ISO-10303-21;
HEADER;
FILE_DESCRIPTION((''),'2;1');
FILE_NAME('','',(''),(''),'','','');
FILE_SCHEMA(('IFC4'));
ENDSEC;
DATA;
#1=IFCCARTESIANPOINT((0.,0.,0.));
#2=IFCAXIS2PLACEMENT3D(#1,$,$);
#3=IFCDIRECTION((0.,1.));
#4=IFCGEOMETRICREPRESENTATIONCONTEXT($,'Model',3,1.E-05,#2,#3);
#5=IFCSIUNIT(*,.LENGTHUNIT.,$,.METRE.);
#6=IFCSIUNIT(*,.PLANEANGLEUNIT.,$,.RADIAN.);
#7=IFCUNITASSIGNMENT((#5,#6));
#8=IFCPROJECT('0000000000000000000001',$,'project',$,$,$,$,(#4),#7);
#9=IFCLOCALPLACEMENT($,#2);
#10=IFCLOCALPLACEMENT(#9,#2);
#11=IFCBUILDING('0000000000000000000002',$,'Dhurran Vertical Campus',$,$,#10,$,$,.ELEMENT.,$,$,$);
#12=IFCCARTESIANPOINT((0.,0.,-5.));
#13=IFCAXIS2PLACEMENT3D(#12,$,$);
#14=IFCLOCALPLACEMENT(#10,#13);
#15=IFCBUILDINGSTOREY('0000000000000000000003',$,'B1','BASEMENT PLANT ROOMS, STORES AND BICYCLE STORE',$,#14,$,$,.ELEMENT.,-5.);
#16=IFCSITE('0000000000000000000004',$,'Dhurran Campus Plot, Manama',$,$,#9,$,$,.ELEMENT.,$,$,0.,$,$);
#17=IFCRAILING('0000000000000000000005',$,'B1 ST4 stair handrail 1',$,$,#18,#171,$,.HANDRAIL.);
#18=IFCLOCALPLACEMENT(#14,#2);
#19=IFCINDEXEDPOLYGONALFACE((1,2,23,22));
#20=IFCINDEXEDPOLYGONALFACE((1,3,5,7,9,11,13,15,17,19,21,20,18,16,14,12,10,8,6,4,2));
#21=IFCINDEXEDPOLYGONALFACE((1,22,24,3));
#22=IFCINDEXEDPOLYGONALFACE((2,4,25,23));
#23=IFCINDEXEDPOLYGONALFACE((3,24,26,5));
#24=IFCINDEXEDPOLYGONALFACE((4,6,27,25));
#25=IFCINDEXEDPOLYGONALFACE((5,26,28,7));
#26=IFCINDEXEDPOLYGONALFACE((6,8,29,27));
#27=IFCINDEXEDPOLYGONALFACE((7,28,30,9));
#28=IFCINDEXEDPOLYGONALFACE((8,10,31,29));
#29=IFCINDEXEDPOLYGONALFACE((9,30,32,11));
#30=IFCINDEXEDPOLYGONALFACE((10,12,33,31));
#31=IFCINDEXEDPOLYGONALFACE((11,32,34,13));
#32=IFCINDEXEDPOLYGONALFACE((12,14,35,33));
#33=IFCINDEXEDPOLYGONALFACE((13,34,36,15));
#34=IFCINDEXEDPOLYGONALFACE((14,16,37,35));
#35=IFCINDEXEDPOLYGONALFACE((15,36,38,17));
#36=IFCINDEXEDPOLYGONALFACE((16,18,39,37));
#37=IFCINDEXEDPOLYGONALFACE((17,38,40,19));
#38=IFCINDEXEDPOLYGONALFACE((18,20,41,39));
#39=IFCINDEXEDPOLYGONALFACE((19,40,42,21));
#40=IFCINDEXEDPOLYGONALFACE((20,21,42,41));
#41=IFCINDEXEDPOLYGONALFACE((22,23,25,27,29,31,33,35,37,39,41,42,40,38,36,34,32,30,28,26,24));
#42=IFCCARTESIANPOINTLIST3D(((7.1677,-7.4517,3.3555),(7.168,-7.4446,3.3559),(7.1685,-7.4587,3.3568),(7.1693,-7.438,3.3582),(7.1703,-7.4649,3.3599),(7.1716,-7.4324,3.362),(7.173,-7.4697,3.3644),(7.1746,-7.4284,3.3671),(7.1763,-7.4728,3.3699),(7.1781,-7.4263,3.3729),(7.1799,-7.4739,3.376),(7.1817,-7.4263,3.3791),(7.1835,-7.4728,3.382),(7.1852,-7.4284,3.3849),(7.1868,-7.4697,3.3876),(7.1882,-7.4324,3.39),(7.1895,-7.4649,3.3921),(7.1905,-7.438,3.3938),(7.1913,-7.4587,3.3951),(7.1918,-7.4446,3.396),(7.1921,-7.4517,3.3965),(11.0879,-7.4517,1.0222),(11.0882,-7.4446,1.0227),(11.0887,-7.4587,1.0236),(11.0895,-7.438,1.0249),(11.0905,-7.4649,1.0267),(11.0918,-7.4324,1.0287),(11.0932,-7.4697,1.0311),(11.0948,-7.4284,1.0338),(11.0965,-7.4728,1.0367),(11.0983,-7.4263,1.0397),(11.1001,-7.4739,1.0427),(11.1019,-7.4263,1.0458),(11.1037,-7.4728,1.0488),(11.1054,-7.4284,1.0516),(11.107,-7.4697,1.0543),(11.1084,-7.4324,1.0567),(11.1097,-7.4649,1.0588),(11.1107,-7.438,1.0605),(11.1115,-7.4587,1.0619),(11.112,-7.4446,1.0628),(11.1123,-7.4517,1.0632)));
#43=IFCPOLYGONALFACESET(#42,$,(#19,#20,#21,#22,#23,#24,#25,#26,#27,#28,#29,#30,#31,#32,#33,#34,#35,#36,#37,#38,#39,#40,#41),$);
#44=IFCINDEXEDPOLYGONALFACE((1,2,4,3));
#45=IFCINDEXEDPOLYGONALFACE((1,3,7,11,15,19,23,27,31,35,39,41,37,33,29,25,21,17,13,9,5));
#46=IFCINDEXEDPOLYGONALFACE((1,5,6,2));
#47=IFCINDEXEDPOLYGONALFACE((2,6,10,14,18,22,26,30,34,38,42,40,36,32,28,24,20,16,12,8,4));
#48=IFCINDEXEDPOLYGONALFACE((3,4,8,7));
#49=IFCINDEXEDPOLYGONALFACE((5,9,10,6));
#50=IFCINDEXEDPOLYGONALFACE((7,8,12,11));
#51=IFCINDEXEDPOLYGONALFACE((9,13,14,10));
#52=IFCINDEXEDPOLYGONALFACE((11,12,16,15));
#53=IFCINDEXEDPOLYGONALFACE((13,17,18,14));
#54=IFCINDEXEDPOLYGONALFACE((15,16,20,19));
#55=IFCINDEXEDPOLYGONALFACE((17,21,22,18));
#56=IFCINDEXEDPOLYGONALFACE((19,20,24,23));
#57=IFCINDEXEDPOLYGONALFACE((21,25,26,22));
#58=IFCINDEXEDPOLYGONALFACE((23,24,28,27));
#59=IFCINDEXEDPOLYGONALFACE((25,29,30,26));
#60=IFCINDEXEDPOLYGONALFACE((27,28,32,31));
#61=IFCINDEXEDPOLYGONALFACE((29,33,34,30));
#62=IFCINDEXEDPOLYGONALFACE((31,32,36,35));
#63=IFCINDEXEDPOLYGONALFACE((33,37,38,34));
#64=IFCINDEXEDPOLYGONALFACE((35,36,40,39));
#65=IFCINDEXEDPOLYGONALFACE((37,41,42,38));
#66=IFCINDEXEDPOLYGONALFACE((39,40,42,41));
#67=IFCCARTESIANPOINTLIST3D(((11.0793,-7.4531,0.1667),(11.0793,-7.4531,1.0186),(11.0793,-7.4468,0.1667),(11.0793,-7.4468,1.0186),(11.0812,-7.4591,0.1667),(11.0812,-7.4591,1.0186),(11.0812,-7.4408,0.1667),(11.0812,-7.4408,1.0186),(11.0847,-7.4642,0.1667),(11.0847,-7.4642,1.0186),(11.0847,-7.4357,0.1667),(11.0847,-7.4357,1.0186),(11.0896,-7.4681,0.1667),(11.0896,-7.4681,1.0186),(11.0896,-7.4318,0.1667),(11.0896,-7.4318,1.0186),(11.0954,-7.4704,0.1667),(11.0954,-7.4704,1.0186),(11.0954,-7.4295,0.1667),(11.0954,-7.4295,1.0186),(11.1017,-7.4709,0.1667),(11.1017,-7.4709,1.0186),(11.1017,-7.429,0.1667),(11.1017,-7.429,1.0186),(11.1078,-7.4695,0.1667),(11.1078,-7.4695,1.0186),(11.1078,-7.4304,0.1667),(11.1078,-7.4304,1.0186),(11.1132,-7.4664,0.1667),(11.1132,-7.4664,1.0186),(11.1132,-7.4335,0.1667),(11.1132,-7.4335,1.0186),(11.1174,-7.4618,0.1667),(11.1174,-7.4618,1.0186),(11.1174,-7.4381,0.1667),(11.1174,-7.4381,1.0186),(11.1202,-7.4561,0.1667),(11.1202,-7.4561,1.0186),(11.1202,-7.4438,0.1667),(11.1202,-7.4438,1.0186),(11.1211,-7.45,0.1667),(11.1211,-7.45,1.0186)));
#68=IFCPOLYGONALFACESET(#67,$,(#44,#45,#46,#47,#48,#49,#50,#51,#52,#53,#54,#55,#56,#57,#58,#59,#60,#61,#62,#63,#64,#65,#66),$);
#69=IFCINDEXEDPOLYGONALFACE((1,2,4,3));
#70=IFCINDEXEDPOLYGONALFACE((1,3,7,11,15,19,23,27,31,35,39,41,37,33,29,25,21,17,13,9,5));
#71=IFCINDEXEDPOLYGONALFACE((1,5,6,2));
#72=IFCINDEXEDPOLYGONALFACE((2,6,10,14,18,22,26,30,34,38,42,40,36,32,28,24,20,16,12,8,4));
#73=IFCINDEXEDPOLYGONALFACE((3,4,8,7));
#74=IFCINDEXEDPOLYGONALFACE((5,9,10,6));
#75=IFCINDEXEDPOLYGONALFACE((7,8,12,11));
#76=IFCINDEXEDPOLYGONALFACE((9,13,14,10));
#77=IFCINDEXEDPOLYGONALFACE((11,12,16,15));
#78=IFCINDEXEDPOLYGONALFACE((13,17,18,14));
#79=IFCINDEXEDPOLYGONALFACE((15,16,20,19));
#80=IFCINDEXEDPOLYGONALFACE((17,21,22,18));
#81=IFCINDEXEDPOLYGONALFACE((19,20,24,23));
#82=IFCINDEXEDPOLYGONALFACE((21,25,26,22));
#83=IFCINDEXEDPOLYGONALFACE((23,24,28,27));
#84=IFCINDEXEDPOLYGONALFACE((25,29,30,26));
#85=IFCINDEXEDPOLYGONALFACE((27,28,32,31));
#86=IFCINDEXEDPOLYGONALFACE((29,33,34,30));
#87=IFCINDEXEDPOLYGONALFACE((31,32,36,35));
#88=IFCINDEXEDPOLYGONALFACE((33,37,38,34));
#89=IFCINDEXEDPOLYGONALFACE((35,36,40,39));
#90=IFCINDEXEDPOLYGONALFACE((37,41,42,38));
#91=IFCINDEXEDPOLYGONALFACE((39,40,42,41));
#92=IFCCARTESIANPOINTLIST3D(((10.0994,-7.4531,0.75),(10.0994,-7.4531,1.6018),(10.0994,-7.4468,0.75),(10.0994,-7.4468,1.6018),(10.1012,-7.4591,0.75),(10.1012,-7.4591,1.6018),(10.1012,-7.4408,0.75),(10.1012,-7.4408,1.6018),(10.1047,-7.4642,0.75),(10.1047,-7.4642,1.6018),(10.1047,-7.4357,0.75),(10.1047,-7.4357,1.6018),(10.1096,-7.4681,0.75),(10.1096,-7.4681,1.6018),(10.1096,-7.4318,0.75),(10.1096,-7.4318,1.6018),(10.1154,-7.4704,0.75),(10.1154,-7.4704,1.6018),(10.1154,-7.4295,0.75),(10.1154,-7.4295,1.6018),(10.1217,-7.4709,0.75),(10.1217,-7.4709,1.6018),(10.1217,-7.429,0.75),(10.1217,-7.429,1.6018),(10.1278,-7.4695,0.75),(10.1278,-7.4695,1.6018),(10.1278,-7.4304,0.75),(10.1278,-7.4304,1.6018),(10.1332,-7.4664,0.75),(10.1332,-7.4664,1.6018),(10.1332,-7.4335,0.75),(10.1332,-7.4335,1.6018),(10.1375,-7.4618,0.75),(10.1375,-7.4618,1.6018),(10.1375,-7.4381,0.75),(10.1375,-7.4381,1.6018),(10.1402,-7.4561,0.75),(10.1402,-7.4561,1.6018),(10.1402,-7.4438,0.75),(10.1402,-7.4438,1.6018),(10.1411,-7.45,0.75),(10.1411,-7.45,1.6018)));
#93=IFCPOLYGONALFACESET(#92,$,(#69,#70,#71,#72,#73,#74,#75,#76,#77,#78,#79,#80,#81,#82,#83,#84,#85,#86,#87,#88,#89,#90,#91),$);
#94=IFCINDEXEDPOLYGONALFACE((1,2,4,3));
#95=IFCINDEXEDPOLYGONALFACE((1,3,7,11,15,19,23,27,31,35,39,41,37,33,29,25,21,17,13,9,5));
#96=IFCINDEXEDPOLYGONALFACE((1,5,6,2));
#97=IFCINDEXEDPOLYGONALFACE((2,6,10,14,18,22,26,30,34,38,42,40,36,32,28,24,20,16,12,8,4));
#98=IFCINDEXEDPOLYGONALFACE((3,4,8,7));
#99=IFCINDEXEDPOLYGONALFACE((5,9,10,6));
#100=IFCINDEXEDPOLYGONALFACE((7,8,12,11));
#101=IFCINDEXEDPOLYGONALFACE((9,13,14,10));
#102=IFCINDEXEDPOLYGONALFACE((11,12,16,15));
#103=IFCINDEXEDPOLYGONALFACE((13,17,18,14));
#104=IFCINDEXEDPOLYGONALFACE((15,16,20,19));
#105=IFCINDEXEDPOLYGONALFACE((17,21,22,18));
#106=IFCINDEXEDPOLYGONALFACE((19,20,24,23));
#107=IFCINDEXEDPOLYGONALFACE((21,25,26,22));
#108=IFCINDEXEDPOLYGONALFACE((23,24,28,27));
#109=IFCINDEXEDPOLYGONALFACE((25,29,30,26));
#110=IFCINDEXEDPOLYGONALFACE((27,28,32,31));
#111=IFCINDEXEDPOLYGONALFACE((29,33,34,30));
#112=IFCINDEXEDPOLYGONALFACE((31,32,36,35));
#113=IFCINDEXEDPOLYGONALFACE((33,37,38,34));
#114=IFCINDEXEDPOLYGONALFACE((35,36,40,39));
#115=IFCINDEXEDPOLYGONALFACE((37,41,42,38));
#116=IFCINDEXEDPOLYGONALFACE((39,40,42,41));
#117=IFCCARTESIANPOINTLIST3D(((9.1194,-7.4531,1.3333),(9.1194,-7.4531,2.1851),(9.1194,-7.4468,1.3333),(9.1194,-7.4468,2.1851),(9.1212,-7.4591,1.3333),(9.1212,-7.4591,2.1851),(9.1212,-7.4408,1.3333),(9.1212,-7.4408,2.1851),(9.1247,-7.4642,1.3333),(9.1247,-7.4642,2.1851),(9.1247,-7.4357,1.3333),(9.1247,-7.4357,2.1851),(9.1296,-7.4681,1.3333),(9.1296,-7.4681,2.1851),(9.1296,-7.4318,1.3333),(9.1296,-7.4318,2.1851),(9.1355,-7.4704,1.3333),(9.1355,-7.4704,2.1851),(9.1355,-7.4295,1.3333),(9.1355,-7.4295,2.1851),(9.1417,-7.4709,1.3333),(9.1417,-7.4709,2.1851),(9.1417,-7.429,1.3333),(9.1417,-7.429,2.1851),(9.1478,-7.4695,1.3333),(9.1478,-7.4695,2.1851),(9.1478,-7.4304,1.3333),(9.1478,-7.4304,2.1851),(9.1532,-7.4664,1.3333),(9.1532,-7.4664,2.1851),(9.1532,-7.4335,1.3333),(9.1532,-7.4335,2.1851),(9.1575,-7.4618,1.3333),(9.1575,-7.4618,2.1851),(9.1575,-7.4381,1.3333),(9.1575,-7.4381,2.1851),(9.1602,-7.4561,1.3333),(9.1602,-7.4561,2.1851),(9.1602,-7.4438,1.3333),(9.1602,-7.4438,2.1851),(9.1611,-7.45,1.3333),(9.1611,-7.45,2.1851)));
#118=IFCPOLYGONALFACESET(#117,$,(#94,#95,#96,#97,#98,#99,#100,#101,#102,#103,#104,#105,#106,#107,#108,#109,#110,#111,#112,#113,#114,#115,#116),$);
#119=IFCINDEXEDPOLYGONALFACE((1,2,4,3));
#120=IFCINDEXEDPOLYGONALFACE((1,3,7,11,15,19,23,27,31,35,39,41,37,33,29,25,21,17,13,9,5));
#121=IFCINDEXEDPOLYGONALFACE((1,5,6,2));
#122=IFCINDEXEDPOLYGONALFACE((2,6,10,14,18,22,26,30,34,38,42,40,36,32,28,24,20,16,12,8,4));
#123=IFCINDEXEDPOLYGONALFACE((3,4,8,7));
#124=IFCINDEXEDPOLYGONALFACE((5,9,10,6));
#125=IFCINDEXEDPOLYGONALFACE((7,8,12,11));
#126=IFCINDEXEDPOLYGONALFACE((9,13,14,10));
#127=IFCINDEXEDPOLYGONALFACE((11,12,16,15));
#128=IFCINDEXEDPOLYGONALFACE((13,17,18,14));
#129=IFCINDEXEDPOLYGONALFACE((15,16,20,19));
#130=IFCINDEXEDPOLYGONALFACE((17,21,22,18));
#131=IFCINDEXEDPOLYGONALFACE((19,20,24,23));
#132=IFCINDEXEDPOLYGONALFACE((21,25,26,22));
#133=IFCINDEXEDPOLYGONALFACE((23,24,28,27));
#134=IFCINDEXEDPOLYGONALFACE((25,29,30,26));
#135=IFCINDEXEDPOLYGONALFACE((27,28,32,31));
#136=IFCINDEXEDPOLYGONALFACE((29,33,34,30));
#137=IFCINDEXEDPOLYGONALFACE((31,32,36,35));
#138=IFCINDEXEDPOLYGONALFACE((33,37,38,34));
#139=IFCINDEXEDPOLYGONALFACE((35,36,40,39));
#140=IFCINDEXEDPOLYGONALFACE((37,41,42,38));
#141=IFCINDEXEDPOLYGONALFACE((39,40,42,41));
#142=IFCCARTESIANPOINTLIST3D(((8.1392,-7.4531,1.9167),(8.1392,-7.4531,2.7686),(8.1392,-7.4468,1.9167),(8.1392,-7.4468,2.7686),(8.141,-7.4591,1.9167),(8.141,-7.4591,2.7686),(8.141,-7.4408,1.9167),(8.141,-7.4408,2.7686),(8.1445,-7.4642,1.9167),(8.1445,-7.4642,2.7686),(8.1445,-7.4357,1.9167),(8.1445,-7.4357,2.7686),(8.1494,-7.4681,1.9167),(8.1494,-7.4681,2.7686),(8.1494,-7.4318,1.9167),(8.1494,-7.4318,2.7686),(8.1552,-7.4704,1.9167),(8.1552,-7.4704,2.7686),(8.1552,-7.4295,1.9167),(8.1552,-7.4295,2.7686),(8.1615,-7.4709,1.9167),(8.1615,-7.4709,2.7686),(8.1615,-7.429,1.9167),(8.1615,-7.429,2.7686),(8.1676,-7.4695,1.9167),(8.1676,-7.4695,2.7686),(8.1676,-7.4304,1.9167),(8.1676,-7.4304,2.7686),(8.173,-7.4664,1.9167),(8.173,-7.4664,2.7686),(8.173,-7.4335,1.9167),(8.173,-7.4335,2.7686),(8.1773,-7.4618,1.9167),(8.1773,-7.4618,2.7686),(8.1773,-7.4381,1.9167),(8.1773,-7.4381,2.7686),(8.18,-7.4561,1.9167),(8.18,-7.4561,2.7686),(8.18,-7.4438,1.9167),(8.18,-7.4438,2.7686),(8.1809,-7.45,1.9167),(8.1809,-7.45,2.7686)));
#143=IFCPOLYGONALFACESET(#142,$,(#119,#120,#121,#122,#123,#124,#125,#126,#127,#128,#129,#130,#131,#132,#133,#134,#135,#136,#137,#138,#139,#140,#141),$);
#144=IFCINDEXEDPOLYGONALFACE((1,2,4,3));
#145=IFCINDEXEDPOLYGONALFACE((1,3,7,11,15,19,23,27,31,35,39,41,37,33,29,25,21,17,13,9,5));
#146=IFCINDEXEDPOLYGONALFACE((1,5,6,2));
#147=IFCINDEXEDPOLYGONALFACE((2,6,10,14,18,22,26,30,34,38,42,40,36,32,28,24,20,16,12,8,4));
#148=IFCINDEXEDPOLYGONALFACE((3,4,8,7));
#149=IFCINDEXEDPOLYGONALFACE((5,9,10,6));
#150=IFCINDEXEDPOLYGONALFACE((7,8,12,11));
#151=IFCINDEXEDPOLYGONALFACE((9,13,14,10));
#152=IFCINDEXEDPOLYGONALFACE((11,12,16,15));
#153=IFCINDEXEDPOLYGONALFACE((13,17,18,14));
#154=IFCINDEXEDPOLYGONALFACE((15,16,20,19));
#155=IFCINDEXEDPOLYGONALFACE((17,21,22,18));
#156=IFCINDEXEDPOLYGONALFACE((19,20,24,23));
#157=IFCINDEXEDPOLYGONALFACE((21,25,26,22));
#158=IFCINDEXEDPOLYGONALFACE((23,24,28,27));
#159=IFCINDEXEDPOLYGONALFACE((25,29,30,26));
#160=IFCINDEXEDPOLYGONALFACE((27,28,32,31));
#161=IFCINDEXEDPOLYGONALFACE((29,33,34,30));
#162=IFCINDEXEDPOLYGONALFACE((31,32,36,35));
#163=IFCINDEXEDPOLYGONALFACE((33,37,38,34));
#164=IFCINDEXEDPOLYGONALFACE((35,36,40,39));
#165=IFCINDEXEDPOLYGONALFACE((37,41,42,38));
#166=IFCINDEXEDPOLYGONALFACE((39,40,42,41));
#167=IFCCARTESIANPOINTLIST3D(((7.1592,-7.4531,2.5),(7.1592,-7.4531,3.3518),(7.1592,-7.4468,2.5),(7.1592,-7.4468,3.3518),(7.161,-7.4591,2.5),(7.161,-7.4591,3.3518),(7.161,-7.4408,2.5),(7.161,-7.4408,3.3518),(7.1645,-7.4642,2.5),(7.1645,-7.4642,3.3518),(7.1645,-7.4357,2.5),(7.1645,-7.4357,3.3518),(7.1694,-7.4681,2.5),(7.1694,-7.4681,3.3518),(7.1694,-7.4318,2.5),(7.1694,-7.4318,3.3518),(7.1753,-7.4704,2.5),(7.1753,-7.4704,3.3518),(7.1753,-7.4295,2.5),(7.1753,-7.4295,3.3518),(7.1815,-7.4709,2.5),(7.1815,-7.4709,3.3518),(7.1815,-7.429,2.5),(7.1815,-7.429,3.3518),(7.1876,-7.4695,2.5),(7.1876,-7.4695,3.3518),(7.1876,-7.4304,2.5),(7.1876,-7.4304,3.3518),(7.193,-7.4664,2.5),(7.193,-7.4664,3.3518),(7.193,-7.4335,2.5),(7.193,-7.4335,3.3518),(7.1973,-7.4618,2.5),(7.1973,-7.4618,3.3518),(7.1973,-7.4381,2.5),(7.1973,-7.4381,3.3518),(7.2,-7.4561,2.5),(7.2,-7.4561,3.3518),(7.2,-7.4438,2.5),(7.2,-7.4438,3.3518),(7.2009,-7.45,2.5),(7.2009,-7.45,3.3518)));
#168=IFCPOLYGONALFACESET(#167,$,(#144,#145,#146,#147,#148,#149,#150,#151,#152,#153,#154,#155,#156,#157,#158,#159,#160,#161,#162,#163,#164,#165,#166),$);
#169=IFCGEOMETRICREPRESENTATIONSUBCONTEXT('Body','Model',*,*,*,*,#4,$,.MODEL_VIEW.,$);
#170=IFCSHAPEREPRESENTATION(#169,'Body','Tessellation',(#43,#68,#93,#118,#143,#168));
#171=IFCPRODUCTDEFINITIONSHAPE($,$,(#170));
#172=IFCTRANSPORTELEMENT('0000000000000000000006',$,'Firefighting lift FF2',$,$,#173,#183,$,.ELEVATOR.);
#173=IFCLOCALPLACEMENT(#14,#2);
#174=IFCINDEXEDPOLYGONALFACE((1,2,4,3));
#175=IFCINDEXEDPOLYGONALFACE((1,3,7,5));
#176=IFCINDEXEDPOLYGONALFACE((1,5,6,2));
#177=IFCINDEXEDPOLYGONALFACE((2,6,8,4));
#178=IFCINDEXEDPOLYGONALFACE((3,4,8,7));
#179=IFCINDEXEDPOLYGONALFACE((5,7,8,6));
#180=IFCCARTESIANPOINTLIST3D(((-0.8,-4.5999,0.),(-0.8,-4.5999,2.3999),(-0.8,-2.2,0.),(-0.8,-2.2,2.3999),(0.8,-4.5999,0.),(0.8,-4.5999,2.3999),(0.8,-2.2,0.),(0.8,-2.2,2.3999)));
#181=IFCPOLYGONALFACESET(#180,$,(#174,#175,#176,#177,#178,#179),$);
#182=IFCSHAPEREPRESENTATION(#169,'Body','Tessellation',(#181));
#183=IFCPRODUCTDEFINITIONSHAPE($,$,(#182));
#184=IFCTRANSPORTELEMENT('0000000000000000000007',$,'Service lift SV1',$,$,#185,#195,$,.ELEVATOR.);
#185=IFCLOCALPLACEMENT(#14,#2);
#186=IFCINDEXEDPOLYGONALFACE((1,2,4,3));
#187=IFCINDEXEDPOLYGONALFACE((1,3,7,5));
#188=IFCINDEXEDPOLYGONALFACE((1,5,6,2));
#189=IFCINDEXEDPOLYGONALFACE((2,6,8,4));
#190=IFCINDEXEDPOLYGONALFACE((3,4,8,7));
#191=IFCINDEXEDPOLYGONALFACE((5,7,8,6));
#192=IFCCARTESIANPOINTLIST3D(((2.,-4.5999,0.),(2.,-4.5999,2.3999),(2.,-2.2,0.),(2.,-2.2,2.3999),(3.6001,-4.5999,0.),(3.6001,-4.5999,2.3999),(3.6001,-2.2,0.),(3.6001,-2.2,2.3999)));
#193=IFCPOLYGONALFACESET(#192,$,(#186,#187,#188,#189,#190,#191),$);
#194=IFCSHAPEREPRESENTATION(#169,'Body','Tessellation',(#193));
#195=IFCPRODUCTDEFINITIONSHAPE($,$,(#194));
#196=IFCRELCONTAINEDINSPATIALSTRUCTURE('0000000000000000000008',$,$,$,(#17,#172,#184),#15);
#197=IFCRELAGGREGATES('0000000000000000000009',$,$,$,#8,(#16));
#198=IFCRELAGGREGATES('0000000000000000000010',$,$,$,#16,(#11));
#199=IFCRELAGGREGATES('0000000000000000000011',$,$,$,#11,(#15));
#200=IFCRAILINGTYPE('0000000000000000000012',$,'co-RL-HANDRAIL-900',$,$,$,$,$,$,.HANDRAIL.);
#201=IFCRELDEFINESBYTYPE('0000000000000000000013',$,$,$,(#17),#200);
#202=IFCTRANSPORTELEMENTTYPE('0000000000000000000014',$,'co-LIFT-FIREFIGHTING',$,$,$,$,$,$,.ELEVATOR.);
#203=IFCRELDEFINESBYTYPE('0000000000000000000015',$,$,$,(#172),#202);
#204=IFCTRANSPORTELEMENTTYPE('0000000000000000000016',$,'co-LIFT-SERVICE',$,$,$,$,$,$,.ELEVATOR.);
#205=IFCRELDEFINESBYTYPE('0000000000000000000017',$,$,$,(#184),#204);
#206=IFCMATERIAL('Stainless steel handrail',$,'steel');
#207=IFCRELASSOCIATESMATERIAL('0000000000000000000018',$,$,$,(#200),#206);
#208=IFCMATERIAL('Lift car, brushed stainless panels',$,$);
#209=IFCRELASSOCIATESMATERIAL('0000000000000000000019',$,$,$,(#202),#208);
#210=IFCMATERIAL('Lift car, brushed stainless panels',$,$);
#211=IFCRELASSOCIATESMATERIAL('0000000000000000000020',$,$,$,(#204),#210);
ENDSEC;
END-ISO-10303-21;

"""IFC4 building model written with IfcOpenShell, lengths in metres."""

from ifc_helpers import new_model, si_unit, direction, frame, origin, origin_2d, place, context, subcontext, project, spatial, rectangle, circle, extrude, material, type_object, element, save


model = new_model("IFC4")

# Units and contexts
model_context = context("Model", 3, precision=1e-05, world=origin(), true_north=direction((0.0, 1.0)))
body_context = subcontext(model_context, "Body", "Model", "MODEL_VIEW")
ifc_project = project(units=[si_unit("LENGTHUNIT", "METRE"), si_unit("PLANEANGLEUNIT", "RADIAN")], contexts=[model_context])

# Site, building, storey
site_placement = place(None, origin())
site = spatial("IfcSite", under=ifc_project, at=site_placement, Name="Dhurran Campus Plot, Manama", CompositionType="ELEMENT", RefElevation=0.0)
building_placement = place(site_placement, origin())
building = spatial("IfcBuilding", under=site, at=building_placement, Name="Dhurran Vertical Campus", CompositionType="ELEMENT")
storey_placement = place(building_placement, frame((0.0, 0.0, -5.0)))
storey = spatial("IfcBuildingStorey", under=building, at=storey_placement, Name="B1", Description="BASEMENT PLANT ROOMS, STORES AND BICYCLE STORE", CompositionType="ELEMENT", Elevation=-5.0)

# Railing
ifc_material_1 = material(Name="Stainless steel handrail", Category="steel")
railing_type_1 = type_object("IfcRailingType", Name="co-RL-HANDRAIL-900", PredefinedType="HANDRAIL", material=ifc_material_1)
railing_1_placement = place(storey_placement, frame((11.1001, -7.45, 0.1667)))
element("IfcRailing", 1, at=railing_1_placement, inside=storey, type_object=railing_type_1, Name="B1 ST4 stair handrail 1", PredefinedType="HANDRAIL", context=body_context, shape_type="SweptSolid", body=[
    extrude(circle(Radius=0.0239, at=origin_2d()), frame((0.0, 0.0, 0.876), z_axis=(-0.85931, 0.0, 0.511455), x_axis=(0.0, -1.0, 0.0)), (0.0, 0.0, 1.0), 4.562),
    extrude(circle(Radius=0.021, at=origin_2d()), origin(), (0.0, 0.0, 1.0), 0.8518),
    extrude(circle(Radius=0.021, at=origin_2d()), frame((-0.98, 0.0, 0.5833)), (0.0, 0.0, 1.0), 0.8518),
    extrude(circle(Radius=0.021, at=origin_2d()), frame((-1.96, 0.0, 1.1665)), (0.0, 0.0, 1.0), 0.8518),
    extrude(circle(Radius=0.021, at=origin_2d()), frame((-2.9402, 0.0, 1.75)), (0.0, 0.0, 1.0), 0.8518),
    extrude(circle(Radius=0.021, at=origin_2d()), frame((-3.9202, 0.0, 2.3333)), (0.0, 0.0, 1.0), 0.8518),
])

# Transport elements
ifc_material_2 = material(Name="Lift car, brushed stainless panels")
transport_element_type_1 = type_object("IfcTransportElementType", Name="co-LIFT-FIREFIGHTING", PredefinedType="ELEVATOR", material=ifc_material_2)
transport_element_1_placement = place(storey_placement, frame((0.0, -3.3999, 0.0), z_axis=(0.0, 0.0, 1.0), x_axis=(1.0, 0.0, 0.0)))
element("IfcTransportElement", 2, at=transport_element_1_placement, inside=storey, type_object=transport_element_type_1, Name="Firefighting lift FF2", PredefinedType="ELEVATOR", context=body_context, shape_type="SweptSolid", body=[
    extrude(rectangle(XDim=1.6001, YDim=2.3999, at=origin_2d()), origin(), (0.0, 0.0, 1.0), 2.3999),
])
ifc_material_3 = material(Name="Lift car, brushed stainless panels")
transport_element_type_2 = type_object("IfcTransportElementType", Name="co-LIFT-SERVICE", PredefinedType="ELEVATOR", material=ifc_material_3)
transport_element_2_placement = place(storey_placement, frame((2.8, -3.3999, 0.0), z_axis=(0.0, 0.0, 1.0), x_axis=(1.0, 0.0, 0.0)))
element("IfcTransportElement", 3, at=transport_element_2_placement, inside=storey, type_object=transport_element_type_2, Name="Service lift SV1", PredefinedType="ELEVATOR", context=body_context, shape_type="SweptSolid", body=[
    extrude(rectangle(XDim=1.6001, YDim=2.3999, at=origin_2d()), origin(), (0.0, 0.0, 1.0), 2.3999),
])

save(model, "model.ifc")
